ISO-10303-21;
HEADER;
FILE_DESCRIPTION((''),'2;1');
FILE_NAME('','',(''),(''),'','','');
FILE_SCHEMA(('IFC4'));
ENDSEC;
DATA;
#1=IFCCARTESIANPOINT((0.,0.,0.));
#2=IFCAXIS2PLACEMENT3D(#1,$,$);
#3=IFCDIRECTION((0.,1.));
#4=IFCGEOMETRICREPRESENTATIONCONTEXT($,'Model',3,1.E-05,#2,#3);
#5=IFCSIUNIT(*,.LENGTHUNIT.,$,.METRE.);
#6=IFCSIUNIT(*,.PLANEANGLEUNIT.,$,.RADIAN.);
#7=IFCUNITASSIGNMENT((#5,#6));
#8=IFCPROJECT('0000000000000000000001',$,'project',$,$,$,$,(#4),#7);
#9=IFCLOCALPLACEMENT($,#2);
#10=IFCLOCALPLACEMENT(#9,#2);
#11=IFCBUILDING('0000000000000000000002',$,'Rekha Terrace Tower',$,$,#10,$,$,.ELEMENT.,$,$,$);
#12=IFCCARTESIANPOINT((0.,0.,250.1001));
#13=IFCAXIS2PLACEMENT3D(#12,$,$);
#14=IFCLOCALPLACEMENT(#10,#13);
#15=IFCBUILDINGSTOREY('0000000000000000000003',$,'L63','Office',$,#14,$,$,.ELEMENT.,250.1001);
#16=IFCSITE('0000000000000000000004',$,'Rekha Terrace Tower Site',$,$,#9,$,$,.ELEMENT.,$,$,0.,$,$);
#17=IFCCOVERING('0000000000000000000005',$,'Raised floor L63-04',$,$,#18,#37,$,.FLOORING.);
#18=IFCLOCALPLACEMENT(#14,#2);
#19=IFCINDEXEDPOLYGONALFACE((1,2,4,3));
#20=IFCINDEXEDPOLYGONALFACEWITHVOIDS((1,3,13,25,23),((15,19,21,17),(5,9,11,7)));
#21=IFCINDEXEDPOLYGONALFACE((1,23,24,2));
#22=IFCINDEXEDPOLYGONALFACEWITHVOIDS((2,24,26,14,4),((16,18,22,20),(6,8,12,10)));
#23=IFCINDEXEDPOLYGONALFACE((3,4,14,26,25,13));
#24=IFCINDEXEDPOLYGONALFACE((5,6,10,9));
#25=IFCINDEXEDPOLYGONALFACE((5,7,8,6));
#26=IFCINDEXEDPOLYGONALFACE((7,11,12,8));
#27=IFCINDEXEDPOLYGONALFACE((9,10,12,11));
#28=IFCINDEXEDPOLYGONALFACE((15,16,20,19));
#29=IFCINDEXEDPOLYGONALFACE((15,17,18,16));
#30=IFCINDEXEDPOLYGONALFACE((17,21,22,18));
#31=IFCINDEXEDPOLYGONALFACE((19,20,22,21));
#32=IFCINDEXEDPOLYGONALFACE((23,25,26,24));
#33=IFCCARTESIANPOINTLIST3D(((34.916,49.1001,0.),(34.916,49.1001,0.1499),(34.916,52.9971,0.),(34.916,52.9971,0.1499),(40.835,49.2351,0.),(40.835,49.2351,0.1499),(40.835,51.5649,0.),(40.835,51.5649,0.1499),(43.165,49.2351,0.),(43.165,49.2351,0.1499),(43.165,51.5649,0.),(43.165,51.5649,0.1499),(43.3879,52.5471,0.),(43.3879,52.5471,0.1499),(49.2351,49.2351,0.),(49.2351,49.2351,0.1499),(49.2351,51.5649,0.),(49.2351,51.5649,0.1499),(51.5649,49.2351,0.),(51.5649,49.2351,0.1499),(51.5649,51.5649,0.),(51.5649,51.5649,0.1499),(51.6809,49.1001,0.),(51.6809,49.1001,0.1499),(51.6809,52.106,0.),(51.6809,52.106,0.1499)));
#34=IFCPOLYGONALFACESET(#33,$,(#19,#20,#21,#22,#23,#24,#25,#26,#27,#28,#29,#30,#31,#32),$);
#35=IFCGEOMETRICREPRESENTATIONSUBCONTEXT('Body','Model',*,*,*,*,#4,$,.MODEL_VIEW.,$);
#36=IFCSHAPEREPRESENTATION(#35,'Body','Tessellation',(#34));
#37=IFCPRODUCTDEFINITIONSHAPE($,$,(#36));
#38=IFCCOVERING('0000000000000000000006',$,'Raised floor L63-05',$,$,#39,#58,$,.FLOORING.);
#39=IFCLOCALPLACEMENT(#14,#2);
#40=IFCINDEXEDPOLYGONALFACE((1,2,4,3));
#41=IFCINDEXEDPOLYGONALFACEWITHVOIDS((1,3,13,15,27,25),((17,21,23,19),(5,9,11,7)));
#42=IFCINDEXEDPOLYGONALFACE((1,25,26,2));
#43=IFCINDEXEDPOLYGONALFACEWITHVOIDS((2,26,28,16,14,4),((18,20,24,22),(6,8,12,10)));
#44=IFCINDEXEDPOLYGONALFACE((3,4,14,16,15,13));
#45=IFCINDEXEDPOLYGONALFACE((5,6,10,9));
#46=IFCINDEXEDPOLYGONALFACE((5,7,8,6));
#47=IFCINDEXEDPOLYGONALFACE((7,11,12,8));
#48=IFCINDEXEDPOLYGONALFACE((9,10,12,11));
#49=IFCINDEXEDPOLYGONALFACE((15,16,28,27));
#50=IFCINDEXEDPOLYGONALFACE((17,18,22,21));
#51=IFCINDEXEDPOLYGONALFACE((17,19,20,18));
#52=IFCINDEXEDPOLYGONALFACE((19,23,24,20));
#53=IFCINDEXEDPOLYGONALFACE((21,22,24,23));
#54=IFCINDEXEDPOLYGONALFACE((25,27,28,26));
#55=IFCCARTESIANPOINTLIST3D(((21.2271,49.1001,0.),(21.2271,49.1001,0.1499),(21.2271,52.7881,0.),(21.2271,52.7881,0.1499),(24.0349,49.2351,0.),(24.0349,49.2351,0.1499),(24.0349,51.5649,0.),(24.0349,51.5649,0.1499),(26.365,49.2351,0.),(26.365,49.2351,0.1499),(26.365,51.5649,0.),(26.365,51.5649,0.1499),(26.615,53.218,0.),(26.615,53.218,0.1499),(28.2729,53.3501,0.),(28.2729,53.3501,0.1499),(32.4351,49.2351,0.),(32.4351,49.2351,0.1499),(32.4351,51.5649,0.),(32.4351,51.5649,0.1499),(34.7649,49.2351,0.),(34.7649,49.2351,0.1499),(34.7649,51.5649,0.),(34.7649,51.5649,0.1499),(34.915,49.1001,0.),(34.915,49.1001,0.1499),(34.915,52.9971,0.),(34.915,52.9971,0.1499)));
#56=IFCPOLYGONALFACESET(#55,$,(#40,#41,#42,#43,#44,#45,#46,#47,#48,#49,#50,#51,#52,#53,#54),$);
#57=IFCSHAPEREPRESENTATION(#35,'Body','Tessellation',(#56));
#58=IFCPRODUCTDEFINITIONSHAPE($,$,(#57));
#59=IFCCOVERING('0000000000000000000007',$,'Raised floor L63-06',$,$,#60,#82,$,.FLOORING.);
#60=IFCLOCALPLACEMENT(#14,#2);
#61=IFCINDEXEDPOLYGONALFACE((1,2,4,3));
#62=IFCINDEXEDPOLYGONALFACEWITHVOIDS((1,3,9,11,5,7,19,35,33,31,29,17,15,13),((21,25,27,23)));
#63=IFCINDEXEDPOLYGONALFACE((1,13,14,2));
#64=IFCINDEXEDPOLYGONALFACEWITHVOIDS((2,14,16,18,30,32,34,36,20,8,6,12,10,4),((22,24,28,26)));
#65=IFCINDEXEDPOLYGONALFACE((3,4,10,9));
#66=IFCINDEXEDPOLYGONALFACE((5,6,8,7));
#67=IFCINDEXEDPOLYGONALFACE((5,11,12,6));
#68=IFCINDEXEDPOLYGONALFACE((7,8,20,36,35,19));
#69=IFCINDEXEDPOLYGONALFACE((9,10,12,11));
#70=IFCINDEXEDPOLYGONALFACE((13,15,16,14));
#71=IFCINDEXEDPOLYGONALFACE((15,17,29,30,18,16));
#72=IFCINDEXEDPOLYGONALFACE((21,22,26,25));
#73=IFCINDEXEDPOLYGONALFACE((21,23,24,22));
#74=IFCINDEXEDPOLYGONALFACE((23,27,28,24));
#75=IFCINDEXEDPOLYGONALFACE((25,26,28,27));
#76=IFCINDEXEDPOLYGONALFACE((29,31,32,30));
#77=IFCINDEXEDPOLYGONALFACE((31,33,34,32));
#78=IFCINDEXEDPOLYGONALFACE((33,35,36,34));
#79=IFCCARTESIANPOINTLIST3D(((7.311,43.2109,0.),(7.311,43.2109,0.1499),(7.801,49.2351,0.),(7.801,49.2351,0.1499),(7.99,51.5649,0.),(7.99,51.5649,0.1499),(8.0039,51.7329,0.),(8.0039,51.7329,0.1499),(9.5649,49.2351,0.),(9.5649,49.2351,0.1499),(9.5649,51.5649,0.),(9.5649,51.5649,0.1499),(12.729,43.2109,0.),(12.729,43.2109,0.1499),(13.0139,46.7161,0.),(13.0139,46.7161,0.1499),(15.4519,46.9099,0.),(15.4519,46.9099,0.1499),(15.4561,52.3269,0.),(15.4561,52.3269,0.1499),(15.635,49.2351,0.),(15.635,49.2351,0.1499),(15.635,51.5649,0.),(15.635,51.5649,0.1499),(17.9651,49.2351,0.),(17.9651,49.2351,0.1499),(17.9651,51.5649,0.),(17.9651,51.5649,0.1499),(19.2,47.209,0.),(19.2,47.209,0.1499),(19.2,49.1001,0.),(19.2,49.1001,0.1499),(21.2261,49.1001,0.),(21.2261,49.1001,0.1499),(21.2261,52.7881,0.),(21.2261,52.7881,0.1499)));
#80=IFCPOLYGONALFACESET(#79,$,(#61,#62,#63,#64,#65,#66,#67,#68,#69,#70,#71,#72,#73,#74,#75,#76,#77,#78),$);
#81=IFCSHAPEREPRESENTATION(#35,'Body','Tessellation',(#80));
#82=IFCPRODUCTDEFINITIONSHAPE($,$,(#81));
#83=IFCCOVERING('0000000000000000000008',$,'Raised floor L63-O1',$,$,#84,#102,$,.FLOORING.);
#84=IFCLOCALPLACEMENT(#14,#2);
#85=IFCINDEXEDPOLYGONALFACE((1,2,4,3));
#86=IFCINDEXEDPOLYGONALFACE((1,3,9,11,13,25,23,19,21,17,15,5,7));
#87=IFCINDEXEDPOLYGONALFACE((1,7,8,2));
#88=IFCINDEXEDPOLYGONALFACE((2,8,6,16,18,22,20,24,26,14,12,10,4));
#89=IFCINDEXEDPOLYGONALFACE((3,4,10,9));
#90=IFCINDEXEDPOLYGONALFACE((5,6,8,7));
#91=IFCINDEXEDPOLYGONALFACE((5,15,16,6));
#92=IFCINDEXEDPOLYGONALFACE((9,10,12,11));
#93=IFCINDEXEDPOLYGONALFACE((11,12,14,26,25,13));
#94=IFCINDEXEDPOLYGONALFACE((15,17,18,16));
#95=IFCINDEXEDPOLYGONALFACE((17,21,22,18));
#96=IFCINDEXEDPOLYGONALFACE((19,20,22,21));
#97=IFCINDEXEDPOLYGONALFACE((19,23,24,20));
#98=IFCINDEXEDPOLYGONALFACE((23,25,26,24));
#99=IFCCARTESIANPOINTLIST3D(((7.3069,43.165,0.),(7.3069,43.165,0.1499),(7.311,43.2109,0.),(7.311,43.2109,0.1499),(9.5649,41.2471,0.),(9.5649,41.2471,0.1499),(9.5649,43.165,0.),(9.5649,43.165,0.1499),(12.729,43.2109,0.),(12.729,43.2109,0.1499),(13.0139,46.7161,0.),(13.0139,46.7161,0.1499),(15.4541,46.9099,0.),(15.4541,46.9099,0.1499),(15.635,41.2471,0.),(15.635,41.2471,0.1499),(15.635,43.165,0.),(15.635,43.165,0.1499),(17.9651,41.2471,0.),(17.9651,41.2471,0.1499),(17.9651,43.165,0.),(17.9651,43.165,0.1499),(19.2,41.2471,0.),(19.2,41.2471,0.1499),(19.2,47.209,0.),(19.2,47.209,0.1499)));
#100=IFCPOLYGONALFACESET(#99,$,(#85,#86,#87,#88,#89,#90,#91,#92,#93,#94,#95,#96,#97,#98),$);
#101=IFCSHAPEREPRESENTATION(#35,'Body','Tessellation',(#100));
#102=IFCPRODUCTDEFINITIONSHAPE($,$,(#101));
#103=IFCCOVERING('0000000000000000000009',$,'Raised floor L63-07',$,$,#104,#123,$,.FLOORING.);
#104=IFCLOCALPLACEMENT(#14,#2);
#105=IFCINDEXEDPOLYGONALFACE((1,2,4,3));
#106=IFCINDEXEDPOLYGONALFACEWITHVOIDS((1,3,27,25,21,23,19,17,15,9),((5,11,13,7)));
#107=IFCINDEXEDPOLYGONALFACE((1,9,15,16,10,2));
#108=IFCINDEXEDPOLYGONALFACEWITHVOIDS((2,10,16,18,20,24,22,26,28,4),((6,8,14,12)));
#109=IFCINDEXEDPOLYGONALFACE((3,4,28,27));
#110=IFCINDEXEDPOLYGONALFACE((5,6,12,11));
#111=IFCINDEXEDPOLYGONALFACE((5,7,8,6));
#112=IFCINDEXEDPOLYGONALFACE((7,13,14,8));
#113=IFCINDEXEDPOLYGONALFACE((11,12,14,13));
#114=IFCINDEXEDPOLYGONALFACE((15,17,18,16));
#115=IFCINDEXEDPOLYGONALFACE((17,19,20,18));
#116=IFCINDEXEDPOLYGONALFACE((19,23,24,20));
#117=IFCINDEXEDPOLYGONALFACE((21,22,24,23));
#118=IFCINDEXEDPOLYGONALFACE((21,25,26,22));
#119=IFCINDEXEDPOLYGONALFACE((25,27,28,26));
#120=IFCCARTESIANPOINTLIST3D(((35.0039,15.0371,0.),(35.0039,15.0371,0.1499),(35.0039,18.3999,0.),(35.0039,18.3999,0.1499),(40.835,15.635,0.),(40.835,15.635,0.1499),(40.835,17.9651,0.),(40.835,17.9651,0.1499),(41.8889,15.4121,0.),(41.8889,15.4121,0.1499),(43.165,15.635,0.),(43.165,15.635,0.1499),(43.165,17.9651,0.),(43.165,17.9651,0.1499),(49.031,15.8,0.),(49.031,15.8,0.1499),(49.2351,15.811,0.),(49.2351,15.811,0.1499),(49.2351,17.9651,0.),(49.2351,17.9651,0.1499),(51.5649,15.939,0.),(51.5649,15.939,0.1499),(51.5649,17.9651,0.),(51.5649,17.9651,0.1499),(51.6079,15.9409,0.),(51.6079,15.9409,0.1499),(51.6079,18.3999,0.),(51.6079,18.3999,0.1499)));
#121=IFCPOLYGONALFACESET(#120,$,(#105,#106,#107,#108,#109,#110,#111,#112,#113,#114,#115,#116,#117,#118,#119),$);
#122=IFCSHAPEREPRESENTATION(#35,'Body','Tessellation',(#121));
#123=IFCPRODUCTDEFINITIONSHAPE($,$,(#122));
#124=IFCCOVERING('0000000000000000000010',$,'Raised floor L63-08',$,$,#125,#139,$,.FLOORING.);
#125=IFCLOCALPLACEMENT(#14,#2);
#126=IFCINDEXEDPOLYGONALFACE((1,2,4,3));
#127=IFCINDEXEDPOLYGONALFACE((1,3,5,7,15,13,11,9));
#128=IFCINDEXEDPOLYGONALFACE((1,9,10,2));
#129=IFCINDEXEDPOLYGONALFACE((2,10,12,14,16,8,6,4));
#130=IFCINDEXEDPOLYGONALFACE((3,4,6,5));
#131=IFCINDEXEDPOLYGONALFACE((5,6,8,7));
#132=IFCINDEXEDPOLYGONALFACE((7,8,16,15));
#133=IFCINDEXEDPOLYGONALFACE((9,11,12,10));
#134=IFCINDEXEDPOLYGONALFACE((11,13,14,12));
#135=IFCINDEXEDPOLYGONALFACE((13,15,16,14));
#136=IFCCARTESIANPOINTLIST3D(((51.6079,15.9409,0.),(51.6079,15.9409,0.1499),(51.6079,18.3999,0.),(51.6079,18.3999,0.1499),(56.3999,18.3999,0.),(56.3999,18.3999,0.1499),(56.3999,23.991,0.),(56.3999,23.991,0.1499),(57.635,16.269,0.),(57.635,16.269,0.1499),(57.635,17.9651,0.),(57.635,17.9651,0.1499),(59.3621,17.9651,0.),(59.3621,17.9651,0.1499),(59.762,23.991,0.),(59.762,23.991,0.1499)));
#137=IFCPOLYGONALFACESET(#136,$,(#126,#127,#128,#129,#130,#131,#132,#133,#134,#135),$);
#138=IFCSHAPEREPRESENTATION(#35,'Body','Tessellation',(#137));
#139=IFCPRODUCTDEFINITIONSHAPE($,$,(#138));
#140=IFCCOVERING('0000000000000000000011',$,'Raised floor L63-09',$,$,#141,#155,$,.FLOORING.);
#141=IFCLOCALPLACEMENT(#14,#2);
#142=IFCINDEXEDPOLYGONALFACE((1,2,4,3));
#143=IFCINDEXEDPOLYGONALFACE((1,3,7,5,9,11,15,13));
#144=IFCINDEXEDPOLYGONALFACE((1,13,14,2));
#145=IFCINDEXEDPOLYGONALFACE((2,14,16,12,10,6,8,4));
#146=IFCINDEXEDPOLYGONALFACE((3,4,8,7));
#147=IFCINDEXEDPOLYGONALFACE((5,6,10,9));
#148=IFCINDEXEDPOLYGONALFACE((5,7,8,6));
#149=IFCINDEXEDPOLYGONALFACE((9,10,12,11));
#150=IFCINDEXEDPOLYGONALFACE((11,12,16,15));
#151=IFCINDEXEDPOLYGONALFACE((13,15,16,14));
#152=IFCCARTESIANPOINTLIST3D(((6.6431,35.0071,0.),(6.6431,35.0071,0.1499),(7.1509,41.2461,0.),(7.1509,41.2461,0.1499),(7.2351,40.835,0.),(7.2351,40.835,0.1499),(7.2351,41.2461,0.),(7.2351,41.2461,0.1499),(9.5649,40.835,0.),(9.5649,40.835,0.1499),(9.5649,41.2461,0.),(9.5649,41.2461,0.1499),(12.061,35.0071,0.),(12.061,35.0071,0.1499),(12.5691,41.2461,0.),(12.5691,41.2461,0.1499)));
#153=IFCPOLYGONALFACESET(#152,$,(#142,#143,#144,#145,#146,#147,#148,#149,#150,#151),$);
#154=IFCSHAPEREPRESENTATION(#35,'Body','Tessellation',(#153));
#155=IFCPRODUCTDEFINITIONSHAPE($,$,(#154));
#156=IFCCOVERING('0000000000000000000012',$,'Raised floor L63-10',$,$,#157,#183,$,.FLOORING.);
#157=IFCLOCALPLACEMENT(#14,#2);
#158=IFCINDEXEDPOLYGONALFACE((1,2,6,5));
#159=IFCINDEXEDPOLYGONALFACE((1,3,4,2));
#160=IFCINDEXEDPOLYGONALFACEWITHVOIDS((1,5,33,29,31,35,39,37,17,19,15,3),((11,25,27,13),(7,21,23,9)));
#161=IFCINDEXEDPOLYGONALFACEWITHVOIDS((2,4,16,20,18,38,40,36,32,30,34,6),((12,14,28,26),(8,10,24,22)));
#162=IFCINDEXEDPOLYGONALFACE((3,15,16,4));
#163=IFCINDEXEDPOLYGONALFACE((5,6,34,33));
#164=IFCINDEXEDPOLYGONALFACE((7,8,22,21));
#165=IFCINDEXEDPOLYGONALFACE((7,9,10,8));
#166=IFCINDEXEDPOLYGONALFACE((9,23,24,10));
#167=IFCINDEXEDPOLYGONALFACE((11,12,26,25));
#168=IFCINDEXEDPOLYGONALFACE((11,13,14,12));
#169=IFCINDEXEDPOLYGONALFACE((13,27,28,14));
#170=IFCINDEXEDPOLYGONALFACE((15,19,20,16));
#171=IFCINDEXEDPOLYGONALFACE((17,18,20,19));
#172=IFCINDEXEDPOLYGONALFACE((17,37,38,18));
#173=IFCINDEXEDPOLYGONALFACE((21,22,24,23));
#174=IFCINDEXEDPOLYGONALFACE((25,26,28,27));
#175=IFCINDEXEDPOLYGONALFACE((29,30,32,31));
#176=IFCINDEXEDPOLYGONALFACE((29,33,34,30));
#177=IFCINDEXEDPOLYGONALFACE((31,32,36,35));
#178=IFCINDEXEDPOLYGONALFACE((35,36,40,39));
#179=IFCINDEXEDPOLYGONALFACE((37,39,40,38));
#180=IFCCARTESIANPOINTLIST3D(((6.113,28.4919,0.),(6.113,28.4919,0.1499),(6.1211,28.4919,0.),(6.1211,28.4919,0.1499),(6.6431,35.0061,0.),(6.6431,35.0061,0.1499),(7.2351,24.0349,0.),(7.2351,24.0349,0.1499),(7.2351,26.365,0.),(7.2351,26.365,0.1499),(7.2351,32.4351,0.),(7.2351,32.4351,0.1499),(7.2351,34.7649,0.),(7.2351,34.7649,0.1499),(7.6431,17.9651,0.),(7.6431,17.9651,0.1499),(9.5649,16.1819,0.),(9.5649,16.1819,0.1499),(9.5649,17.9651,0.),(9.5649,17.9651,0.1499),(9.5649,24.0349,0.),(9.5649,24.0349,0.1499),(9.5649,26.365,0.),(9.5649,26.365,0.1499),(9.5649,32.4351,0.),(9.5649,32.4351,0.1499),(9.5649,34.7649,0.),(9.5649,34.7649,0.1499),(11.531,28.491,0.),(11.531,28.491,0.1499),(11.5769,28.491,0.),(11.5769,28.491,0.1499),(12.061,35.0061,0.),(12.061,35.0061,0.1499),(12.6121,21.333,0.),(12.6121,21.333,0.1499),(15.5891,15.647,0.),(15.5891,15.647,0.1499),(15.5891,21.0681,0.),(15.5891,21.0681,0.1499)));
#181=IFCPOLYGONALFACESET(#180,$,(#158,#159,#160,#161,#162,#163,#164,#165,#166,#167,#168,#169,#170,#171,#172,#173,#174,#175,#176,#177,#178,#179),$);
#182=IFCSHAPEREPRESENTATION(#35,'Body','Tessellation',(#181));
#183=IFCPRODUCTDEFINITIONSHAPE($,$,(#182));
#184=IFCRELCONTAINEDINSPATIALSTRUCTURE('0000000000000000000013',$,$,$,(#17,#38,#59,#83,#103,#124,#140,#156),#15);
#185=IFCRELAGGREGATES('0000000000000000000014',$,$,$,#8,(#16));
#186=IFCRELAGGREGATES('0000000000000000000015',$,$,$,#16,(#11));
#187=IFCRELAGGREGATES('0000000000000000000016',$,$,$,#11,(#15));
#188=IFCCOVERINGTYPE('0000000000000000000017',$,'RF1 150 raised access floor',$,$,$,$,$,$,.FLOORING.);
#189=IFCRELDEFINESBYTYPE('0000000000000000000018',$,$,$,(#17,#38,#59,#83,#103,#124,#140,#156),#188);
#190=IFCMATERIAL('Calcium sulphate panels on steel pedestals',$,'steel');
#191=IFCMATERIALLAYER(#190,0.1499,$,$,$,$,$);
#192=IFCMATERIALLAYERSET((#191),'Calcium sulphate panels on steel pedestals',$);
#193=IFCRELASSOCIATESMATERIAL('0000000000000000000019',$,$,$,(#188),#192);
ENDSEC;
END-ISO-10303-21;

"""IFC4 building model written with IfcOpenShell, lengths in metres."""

from ifc_helpers import new_model, si_unit, direction, frame, origin, place, context, subcontext, project, spatial, polyline, outline, extrude, material, layer, layer_set, type_object, element, save


model = new_model("IFC4")

# Units and contexts
model_context = context("Model", 3, precision=1e-05, world=origin(), true_north=direction((0.0, 1.0)))
body_context = subcontext(model_context, "Body", "Model", "MODEL_VIEW")
ifc_project = project(units=[si_unit("LENGTHUNIT", "METRE"), si_unit("PLANEANGLEUNIT", "RADIAN")], contexts=[model_context])

# Site, building, storey
site_placement = place(None, origin())
site = spatial("IfcSite", under=ifc_project, at=site_placement, Name="Rekha Terrace Tower Site", CompositionType="ELEMENT", RefElevation=0.0)
building_placement = place(site_placement, origin())
building = spatial("IfcBuilding", under=site, at=building_placement, Name="Rekha Terrace Tower", CompositionType="ELEMENT")
storey_placement = place(building_placement, frame((0.0, 0.0, 250.1001)))
storey = spatial("IfcBuildingStorey", under=building, at=storey_placement, Name="L63", Description="Office", CompositionType="ELEMENT", Elevation=250.1001)

# Coverings
ifc_material_1 = material(Name="Calcium sulphate panels on steel pedestals", Category="steel")
ifc_layer_1 = layer(ifc_material_1, 0.1499)
ifc_layer_set_1 = layer_set([ifc_layer_1], Name="Calcium sulphate panels on steel pedestals")
covering_type_1 = type_object("IfcCoveringType", Name="RF1 150 raised access floor", PredefinedType="FLOORING", material=ifc_layer_set_1)
covering_1_placement = place(storey_placement, origin())
element("IfcCovering", 1, at=covering_1_placement, inside=storey, type_object=covering_type_1, Name="Raised floor L63-04", PredefinedType="FLOORING", context=body_context, shape_type="SweptSolid", body=[
    extrude(outline(polyline([(51.6809, 52.106), (43.3879, 52.5471), (34.916, 52.9971), (34.916, 49.1001), (51.6809, 49.1001), (51.6809, 52.106)]), holes=[polyline([(51.5649, 51.5649), (51.5649, 49.2351), (49.2351, 49.2351), (49.2351, 51.5649), (51.5649, 51.5649)]), polyline([(43.165, 49.2351), (40.835, 49.2351), (40.835, 51.5649), (43.165, 51.5649), (43.165, 49.2351)])]), origin(), (0.0, 0.0, 1.0), 0.1499),
])
covering_2_placement = place(storey_placement, origin())
element("IfcCovering", 2, at=covering_2_placement, inside=storey, type_object=covering_type_1, Name="Raised floor L63-05", PredefinedType="FLOORING", context=body_context, shape_type="SweptSolid", body=[
    extrude(outline(polyline([(28.2729, 53.3501), (26.615, 53.218), (21.2271, 52.7881), (21.2271, 49.1001), (34.915, 49.1001), (34.915, 52.9971), (28.2729, 53.3501)]), holes=[polyline([(34.7649, 49.2351), (32.4351, 49.2351), (32.4351, 51.5649), (34.7649, 51.5649), (34.7649, 49.2351)]), polyline([(26.365, 51.5649), (26.365, 49.2351), (24.0349, 49.2351), (24.0349, 51.5649), (26.365, 51.5649)])]), origin(), (0.0, 0.0, 1.0), 0.1499),
])
covering_3_placement = place(storey_placement, origin())
element("IfcCovering", 3, at=covering_3_placement, inside=storey, type_object=covering_type_1, Name="Raised floor L63-06", PredefinedType="FLOORING", context=body_context, shape_type="SweptSolid", body=[
    extrude(outline(polyline([(7.801, 49.2351), (7.311, 43.2109), (12.729, 43.2109), (13.0139, 46.7161), (15.4519, 46.9099), (19.2, 47.209), (19.2, 49.1001), (21.2261, 49.1001), (21.2261, 52.7881), (15.4561, 52.3269), (8.0039, 51.7329), (7.99, 51.5649), (9.5649, 51.5649), (9.5649, 49.2351), (7.801, 49.2351)]), holes=[polyline([(17.9651, 49.2351), (15.635, 49.2351), (15.635, 51.5649), (17.9651, 51.5649), (17.9651, 49.2351)])]), origin(), (0.0, 0.0, 1.0), 0.1499),
])
covering_4_placement = place(storey_placement, origin())
element("IfcCovering", 4, at=covering_4_placement, inside=storey, type_object=covering_type_1, Name="Raised floor L63-O1", PredefinedType="FLOORING", context=body_context, shape_type="SweptSolid", body=[
    extrude(outline(polyline([(19.2, 47.209), (15.4541, 46.9099), (13.0139, 46.7161), (12.729, 43.2109), (7.311, 43.2109), (7.3069, 43.165), (9.5649, 43.165), (9.5649, 41.2471), (15.635, 41.2471), (15.635, 43.165), (17.9651, 43.165), (17.9651, 41.2471), (19.2, 41.2471), (19.2, 47.209)])), origin(), (0.0, 0.0, 1.0), 0.1499),
])
covering_5_placement = place(storey_placement, origin())
element("IfcCovering", 5, at=covering_5_placement, inside=storey, type_object=covering_type_1, Name="Raised floor L63-07", PredefinedType="FLOORING", context=body_context, shape_type="SweptSolid", body=[
    extrude(outline(polyline([(51.6079, 18.3999), (35.0039, 18.3999), (35.0039, 15.0371), (41.8889, 15.4121), (49.031, 15.8), (49.2351, 15.811), (49.2351, 17.9651), (51.5649, 17.9651), (51.5649, 15.939), (51.6079, 15.9409), (51.6079, 18.3999)]), holes=[polyline([(43.165, 17.9651), (43.165, 15.635), (40.835, 15.635), (40.835, 17.9651), (43.165, 17.9651)])]), origin(), (0.0, 0.0, 1.0), 0.1499),
])
covering_6_placement = place(storey_placement, origin())
element("IfcCovering", 6, at=covering_6_placement, inside=storey, type_object=covering_type_1, Name="Raised floor L63-08", PredefinedType="FLOORING", context=body_context, shape_type="SweptSolid", body=[
    extrude(outline(polyline([(59.3621, 17.9651), (59.762, 23.991), (56.3999, 23.991), (56.3999, 18.3999), (51.6079, 18.3999), (51.6079, 15.9409), (57.635, 16.269), (57.635, 17.9651), (59.3621, 17.9651)])), origin(), (0.0, 0.0, 1.0), 0.1499),
])
covering_7_placement = place(storey_placement, origin())
element("IfcCovering", 7, at=covering_7_placement, inside=storey, type_object=covering_type_1, Name="Raised floor L63-09", PredefinedType="FLOORING", context=body_context, shape_type="SweptSolid", body=[
    extrude(outline(polyline([(6.6431, 35.0071), (12.061, 35.0071), (12.5691, 41.2461), (9.5649, 41.2461), (9.5649, 40.835), (7.2351, 40.835), (7.2351, 41.2461), (7.1509, 41.2461), (6.6431, 35.0071)])), origin(), (0.0, 0.0, 1.0), 0.1499),
])
covering_8_placement = place(storey_placement, origin())
element("IfcCovering", 8, at=covering_8_placement, inside=storey, type_object=covering_type_1, Name="Raised floor L63-10", PredefinedType="FLOORING", context=body_context, shape_type="SweptSolid", body=[
    extrude(outline(polyline([(6.6431, 35.0061), (6.113, 28.4919), (6.1211, 28.4919), (7.6431, 17.9651), (9.5649, 17.9651), (9.5649, 16.1819), (15.5891, 15.647), (15.5891, 21.0681), (12.6121, 21.333), (11.5769, 28.491), (11.531, 28.491), (12.061, 35.0061), (6.6431, 35.0061)]), holes=[polyline([(9.5649, 26.365), (9.5649, 24.0349), (7.2351, 24.0349), (7.2351, 26.365), (9.5649, 26.365)]), polyline([(9.5649, 34.7649), (9.5649, 32.4351), (7.2351, 32.4351), (7.2351, 34.7649), (9.5649, 34.7649)])]), origin(), (0.0, 0.0, 1.0), 0.1499),
])

save(model, "model.ifc")
